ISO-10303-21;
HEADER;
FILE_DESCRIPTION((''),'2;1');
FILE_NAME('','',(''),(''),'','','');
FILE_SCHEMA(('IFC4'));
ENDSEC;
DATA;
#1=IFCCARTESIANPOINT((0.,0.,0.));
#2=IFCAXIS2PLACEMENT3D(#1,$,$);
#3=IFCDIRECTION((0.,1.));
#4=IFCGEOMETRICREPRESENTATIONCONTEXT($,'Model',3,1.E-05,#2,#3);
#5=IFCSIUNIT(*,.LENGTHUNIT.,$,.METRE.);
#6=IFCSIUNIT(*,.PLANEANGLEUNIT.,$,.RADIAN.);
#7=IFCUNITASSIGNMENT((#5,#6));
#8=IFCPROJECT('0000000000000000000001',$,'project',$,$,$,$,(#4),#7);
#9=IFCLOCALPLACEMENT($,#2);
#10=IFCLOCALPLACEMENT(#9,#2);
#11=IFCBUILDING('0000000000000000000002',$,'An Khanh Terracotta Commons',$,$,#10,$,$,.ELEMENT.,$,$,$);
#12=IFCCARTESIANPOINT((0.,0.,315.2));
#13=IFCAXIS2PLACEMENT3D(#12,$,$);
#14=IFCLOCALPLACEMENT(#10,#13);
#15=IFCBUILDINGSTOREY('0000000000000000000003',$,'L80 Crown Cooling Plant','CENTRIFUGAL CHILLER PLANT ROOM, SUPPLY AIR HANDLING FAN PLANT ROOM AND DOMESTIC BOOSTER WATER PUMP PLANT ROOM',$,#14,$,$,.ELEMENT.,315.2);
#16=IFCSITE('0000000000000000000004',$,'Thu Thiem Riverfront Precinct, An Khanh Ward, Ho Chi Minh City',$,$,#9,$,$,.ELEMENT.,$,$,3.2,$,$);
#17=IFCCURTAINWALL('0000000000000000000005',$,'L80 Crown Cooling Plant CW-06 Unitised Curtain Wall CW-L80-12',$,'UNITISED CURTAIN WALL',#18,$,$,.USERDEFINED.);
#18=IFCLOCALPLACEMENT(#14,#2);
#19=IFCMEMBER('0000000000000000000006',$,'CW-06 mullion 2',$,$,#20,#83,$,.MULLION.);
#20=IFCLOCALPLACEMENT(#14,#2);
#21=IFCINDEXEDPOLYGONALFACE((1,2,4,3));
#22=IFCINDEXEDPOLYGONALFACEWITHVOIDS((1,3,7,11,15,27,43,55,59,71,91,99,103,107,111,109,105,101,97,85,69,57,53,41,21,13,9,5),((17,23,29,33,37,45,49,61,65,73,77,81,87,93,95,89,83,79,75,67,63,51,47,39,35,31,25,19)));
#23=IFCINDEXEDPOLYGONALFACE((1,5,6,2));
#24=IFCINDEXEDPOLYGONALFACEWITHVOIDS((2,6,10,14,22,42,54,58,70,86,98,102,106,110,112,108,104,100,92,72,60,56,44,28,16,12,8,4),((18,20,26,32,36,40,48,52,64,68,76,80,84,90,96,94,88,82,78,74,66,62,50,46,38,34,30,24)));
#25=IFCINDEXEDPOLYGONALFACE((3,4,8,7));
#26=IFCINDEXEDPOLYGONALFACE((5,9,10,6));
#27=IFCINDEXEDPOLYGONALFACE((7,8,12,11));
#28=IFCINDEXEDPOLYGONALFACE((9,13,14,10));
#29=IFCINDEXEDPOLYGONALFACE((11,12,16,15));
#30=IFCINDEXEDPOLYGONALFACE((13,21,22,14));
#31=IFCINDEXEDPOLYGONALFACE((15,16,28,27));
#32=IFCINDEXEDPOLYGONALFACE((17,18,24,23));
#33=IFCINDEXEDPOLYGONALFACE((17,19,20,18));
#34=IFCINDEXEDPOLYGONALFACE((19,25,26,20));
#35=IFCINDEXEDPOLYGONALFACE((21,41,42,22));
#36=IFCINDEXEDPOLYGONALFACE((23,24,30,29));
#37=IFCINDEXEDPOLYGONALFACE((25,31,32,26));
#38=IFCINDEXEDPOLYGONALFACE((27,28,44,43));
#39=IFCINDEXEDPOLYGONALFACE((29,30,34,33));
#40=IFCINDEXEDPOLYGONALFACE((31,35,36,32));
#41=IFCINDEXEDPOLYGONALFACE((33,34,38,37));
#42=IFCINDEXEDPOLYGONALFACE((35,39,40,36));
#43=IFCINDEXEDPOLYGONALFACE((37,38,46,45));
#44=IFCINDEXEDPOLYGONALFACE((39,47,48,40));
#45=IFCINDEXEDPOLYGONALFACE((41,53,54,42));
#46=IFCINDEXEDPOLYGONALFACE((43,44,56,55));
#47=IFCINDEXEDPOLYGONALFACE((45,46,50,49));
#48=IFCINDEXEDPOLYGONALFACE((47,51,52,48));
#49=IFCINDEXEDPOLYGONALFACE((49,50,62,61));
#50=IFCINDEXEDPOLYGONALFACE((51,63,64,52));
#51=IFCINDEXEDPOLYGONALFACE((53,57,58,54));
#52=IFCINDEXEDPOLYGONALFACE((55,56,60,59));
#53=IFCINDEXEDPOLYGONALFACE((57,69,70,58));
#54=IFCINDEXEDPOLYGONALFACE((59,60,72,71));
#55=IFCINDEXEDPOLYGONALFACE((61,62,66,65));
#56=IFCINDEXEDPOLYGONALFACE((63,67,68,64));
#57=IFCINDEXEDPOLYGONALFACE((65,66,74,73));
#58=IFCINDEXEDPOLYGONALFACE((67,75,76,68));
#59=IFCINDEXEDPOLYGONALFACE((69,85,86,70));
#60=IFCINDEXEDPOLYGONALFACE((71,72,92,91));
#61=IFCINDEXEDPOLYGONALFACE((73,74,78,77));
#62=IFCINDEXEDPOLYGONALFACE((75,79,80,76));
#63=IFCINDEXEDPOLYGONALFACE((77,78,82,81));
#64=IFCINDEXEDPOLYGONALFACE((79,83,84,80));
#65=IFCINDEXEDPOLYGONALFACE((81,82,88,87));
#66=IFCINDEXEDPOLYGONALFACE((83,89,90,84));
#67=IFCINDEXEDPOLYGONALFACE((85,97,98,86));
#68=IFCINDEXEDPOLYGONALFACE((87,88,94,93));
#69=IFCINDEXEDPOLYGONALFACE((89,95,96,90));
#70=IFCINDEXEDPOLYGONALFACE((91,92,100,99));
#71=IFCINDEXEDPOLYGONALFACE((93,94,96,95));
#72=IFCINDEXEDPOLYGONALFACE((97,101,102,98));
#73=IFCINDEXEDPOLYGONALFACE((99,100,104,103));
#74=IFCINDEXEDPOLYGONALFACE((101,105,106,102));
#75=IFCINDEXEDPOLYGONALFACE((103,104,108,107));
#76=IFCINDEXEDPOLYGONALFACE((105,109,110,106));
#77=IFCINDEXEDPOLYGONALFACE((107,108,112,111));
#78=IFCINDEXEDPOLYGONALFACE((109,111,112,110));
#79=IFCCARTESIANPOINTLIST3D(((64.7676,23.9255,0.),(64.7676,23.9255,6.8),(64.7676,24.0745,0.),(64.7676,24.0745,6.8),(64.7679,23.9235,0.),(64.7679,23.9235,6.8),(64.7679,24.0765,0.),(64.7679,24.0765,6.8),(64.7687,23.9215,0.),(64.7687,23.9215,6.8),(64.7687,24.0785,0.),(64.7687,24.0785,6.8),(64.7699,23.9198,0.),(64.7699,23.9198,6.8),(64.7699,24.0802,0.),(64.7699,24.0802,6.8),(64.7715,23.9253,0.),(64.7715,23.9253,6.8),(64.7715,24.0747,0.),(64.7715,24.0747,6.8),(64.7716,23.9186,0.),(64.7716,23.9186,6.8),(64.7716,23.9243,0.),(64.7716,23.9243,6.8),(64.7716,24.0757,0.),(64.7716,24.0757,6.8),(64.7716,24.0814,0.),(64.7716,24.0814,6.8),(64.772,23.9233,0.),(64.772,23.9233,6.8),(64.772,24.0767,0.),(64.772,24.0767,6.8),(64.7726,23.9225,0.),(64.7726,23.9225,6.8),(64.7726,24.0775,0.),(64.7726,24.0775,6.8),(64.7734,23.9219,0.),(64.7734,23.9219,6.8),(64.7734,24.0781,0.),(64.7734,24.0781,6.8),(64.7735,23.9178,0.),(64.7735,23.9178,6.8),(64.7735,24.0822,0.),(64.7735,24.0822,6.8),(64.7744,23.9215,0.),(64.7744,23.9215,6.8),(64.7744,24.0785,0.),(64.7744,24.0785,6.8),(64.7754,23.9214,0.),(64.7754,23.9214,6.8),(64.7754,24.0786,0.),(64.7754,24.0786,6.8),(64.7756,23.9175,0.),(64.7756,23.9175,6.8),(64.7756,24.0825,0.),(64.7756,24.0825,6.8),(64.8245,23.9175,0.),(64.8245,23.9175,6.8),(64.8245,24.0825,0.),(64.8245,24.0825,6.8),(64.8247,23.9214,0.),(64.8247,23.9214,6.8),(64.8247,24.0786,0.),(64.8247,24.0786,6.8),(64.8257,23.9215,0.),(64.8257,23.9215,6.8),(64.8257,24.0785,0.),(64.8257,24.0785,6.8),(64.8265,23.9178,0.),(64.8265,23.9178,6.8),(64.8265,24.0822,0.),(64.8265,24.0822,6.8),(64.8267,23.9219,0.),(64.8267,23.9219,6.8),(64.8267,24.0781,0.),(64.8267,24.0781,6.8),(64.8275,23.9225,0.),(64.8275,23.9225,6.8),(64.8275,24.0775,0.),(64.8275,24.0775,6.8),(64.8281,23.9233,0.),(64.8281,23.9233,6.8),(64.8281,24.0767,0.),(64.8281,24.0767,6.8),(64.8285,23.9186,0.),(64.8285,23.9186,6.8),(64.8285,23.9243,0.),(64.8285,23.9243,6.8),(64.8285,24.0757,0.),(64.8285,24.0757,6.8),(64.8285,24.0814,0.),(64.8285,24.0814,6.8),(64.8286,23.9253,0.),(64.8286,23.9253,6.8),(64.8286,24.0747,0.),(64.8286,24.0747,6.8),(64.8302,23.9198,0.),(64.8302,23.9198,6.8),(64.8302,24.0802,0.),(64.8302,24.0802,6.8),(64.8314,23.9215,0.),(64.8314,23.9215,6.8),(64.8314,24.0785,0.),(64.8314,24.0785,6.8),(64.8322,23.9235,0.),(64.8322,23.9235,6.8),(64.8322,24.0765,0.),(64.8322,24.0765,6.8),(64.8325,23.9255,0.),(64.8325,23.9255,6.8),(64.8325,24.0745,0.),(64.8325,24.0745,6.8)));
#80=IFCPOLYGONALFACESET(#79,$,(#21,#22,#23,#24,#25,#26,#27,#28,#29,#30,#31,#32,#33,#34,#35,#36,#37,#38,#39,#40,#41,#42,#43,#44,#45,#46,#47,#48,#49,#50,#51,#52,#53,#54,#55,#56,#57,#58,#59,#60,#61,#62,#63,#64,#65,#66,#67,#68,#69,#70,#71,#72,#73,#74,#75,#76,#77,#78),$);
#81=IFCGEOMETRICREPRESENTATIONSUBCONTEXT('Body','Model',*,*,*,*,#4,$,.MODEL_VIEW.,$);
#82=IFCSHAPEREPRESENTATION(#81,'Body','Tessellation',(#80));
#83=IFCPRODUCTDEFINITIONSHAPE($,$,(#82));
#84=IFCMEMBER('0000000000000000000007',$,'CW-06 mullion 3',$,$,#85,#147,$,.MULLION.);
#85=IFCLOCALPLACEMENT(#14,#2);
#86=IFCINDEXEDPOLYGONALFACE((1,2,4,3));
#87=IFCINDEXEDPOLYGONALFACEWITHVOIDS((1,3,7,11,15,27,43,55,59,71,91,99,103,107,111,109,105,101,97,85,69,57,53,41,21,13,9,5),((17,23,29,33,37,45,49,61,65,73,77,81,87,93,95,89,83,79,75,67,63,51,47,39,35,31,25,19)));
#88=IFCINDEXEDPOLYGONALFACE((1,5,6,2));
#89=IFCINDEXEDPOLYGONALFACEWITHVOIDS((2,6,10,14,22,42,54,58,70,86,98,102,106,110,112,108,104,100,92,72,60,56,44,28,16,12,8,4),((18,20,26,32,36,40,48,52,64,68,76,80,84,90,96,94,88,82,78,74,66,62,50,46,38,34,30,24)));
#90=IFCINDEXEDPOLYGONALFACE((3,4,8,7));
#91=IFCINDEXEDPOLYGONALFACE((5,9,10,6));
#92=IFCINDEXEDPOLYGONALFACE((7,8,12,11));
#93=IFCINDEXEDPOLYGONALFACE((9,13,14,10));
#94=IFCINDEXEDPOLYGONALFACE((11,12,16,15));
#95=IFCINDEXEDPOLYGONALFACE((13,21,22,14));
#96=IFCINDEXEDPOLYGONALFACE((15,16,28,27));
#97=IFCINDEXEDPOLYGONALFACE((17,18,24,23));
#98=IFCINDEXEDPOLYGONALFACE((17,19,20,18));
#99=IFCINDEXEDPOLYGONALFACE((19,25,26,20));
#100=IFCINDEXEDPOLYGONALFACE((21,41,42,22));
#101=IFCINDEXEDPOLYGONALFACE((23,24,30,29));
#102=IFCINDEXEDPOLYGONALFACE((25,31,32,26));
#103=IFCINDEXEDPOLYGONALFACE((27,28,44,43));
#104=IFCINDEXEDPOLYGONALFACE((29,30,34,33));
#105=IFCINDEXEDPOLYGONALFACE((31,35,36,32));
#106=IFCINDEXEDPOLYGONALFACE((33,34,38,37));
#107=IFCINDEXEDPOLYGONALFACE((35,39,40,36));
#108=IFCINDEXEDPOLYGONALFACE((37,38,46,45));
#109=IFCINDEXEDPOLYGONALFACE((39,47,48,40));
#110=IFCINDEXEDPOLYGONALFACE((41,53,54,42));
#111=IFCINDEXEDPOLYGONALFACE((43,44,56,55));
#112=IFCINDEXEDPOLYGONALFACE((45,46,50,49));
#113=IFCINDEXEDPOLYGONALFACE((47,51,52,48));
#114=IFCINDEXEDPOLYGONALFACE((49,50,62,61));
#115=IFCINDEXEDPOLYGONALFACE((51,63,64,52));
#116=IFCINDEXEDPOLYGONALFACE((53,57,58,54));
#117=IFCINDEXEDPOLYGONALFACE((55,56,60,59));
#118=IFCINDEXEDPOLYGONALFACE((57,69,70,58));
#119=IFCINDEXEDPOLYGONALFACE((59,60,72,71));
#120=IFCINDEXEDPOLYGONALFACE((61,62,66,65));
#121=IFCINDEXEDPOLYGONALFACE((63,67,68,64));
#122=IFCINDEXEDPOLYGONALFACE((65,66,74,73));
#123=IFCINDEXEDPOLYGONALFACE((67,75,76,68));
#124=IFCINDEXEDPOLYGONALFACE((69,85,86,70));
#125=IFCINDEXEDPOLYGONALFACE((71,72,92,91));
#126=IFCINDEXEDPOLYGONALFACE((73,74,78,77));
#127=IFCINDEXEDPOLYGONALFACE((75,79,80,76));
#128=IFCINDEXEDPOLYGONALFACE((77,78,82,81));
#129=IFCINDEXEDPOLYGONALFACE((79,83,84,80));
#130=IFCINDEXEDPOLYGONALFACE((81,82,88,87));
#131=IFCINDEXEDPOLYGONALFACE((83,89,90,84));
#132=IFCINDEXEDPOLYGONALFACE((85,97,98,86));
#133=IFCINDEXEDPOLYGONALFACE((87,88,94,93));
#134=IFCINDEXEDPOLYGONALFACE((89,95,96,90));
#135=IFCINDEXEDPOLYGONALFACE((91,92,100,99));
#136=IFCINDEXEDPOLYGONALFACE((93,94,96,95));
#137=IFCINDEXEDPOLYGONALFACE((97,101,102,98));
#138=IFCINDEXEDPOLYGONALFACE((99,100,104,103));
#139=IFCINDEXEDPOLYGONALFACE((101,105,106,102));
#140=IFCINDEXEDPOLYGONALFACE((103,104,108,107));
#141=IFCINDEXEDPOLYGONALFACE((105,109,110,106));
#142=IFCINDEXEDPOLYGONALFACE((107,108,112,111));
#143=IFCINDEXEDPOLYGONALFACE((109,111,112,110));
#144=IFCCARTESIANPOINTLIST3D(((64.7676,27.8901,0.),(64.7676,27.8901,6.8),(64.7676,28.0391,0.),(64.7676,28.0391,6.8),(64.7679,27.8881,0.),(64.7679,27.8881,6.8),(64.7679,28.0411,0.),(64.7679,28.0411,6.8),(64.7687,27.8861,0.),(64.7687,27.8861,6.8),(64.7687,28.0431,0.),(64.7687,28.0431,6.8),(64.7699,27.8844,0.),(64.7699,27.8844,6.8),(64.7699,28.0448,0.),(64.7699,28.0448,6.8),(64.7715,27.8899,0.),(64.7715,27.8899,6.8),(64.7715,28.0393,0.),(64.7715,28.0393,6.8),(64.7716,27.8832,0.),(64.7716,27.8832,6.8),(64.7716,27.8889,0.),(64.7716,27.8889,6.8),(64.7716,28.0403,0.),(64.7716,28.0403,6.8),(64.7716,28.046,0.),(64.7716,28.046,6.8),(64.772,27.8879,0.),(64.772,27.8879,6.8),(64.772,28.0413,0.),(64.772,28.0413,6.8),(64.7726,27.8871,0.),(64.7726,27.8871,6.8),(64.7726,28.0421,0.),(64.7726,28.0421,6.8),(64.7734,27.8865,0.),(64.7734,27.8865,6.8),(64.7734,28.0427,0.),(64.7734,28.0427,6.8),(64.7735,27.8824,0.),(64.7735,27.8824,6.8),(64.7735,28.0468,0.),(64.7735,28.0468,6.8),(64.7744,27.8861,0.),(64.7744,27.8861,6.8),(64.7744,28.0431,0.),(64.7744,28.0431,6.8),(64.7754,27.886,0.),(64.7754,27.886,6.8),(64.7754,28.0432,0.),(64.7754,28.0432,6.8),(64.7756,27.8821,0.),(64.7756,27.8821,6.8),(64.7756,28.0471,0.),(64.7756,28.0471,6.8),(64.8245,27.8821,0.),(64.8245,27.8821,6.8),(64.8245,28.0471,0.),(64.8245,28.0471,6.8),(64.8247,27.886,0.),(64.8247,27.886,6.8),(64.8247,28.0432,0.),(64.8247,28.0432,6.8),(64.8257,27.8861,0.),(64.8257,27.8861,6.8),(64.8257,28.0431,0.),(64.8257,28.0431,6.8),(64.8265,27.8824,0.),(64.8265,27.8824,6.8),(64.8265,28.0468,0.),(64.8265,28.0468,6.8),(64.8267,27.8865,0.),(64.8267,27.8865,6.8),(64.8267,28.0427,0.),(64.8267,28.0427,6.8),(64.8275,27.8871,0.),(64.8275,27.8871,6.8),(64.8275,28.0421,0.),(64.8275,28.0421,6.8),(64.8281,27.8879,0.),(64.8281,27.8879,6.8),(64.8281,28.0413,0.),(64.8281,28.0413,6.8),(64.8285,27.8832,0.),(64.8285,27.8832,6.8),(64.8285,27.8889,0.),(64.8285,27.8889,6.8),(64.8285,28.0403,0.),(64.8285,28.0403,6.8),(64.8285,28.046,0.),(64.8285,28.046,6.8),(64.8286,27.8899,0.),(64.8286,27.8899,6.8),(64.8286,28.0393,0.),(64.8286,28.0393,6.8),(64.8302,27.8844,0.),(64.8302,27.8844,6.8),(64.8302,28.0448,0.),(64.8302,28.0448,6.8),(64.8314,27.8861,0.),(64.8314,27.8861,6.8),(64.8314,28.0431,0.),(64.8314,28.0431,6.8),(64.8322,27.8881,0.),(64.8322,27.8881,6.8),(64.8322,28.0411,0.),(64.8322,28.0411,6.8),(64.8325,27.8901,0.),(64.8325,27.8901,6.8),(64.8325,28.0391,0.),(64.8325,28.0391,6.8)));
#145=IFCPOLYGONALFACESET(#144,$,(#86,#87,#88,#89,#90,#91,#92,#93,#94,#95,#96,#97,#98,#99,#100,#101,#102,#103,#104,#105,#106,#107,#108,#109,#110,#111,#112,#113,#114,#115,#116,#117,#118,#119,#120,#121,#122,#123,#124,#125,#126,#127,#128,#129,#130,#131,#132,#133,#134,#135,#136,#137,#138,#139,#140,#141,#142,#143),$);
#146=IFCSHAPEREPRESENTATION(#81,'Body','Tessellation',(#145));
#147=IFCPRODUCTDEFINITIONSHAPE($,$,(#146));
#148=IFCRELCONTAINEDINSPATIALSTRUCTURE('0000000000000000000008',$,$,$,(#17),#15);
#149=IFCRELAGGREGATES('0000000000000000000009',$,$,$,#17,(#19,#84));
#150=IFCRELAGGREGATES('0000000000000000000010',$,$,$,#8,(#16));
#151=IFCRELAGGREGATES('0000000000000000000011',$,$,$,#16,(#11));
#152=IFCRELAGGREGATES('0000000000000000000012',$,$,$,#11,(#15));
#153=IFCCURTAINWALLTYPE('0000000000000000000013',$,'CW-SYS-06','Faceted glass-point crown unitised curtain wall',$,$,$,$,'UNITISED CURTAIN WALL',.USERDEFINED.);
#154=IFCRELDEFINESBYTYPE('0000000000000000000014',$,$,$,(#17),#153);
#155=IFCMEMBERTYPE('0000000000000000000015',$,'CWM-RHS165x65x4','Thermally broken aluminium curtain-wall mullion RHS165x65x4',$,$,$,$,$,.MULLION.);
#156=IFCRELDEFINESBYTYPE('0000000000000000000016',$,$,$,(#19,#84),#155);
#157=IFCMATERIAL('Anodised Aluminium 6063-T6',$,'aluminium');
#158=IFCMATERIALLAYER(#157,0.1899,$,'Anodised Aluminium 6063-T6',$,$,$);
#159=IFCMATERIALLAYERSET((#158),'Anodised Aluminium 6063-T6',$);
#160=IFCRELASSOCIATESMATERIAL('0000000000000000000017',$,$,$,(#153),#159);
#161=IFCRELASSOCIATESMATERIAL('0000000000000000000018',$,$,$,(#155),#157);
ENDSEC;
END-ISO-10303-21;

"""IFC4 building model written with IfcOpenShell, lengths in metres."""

from ifc_helpers import new_model, si_unit, direction, frame, origin, origin_2d, place, context, subcontext, project, spatial, hollow_rectangle, extrude, material, layer, layer_set, material_profile, profile_set, type_object, element, aggregate, save


model = new_model("IFC4")

# Units and contexts
model_context = context("Model", 3, precision=1e-05, world=origin(), true_north=direction((0.0, 1.0)))
body_context = subcontext(model_context, "Body", "Model", "MODEL_VIEW")
ifc_project = project(units=[si_unit("LENGTHUNIT", "METRE"), si_unit("PLANEANGLEUNIT", "RADIAN")], contexts=[model_context])

# Site, building, storey
site_placement = place(None, origin())
site = spatial("IfcSite", under=ifc_project, at=site_placement, Name="Thu Thiem Riverfront Precinct, An Khanh Ward, Ho Chi Minh City", CompositionType="ELEMENT", RefElevation=3.2)
building_placement = place(site_placement, origin())
building = spatial("IfcBuilding", under=site, at=building_placement, Name="An Khanh Terracotta Commons", CompositionType="ELEMENT")
storey_placement = place(building_placement, frame((0.0, 0.0, 315.2)))
storey = spatial("IfcBuildingStorey", under=building, at=storey_placement, Name="L80 Crown Cooling Plant", Description="CENTRIFUGAL CHILLER PLANT ROOM, SUPPLY AIR HANDLING FAN PLANT ROOM AND DOMESTIC BOOSTER WATER PUMP PLANT ROOM", CompositionType="ELEMENT", Elevation=315.2)

# Curtain wall, members
ifc_material_1 = material(Name="Anodised Aluminium 6063-T6", Category="aluminium")
ifc_layer_1 = layer(ifc_material_1, 0.1899, Name="Anodised Aluminium 6063-T6")
ifc_layer_set_1 = layer_set([ifc_layer_1], Name="Anodised Aluminium 6063-T6")
curtain_wall_type = type_object("IfcCurtainWallType", Name="CW-SYS-06", Description="Faceted glass-point crown unitised curtain wall", ElementType="UNITISED CURTAIN WALL", PredefinedType="USERDEFINED", material=ifc_layer_set_1)
curtain_wall_1_placement = place(storey_placement, origin())
curtain_wall_1 = element("IfcCurtainWall", 1, at=curtain_wall_1_placement, inside=storey, type_object=curtain_wall_type, Name="L80 Crown Cooling Plant CW-06 Unitised Curtain Wall CW-L80-12", ObjectType="UNITISED CURTAIN WALL", PredefinedType="USERDEFINED")
ifc_material_profile_1 = material_profile(ifc_material_1, hollow_rectangle(XDim=0.0649, YDim=0.165, WallThickness=0.0039, InnerFilletRadius=0.0039, OuterFilletRadius=0.0081, at=origin_2d()), Name="RHS165x65x4")
ifc_profile_set_1 = profile_set([ifc_material_profile_1], Name="Anodised Aluminium 6063-T6")
member_type_1 = type_object("IfcMemberType", Name="CWM-RHS165x65x4", Description="Thermally broken aluminium curtain-wall mullion RHS165x65x4", PredefinedType="MULLION", material=ifc_profile_set_1)
member_1_placement = place(storey_placement, frame((64.8, 24.0, 0.0), z_axis=(0.0, 0.0, 1.0), x_axis=(-1.0, 0.0, 0.0)))
member_1 = element("IfcMember", 2, at=member_1_placement, type_object=member_type_1, Name="CW-06 mullion 2", PredefinedType="MULLION", context=body_context, shape_type="SweptSolid", body=[
    extrude(hollow_rectangle(XDim=0.0649, YDim=0.165, WallThickness=0.0039, InnerFilletRadius=0.0039, OuterFilletRadius=0.0081, at=origin_2d()), origin(), (0.0, 0.0, 1.0), 6.8),
])
member_2_placement = place(storey_placement, frame((64.8, 27.9646, 0.0), z_axis=(0.0, 0.0, 1.0), x_axis=(-1.0, 0.0, 0.0)))
member_2 = element("IfcMember", 3, at=member_2_placement, type_object=member_type_1, Name="CW-06 mullion 3", PredefinedType="MULLION", context=body_context, shape_type="SweptSolid", body=[
    extrude(hollow_rectangle(XDim=0.0649, YDim=0.165, WallThickness=0.0039, InnerFilletRadius=0.0039, OuterFilletRadius=0.0081, at=origin_2d()), origin(), (0.0, 0.0, 1.0), 6.8),
])

aggregate(curtain_wall_1, [member_1, member_2])

save(model, "model.ifc")
